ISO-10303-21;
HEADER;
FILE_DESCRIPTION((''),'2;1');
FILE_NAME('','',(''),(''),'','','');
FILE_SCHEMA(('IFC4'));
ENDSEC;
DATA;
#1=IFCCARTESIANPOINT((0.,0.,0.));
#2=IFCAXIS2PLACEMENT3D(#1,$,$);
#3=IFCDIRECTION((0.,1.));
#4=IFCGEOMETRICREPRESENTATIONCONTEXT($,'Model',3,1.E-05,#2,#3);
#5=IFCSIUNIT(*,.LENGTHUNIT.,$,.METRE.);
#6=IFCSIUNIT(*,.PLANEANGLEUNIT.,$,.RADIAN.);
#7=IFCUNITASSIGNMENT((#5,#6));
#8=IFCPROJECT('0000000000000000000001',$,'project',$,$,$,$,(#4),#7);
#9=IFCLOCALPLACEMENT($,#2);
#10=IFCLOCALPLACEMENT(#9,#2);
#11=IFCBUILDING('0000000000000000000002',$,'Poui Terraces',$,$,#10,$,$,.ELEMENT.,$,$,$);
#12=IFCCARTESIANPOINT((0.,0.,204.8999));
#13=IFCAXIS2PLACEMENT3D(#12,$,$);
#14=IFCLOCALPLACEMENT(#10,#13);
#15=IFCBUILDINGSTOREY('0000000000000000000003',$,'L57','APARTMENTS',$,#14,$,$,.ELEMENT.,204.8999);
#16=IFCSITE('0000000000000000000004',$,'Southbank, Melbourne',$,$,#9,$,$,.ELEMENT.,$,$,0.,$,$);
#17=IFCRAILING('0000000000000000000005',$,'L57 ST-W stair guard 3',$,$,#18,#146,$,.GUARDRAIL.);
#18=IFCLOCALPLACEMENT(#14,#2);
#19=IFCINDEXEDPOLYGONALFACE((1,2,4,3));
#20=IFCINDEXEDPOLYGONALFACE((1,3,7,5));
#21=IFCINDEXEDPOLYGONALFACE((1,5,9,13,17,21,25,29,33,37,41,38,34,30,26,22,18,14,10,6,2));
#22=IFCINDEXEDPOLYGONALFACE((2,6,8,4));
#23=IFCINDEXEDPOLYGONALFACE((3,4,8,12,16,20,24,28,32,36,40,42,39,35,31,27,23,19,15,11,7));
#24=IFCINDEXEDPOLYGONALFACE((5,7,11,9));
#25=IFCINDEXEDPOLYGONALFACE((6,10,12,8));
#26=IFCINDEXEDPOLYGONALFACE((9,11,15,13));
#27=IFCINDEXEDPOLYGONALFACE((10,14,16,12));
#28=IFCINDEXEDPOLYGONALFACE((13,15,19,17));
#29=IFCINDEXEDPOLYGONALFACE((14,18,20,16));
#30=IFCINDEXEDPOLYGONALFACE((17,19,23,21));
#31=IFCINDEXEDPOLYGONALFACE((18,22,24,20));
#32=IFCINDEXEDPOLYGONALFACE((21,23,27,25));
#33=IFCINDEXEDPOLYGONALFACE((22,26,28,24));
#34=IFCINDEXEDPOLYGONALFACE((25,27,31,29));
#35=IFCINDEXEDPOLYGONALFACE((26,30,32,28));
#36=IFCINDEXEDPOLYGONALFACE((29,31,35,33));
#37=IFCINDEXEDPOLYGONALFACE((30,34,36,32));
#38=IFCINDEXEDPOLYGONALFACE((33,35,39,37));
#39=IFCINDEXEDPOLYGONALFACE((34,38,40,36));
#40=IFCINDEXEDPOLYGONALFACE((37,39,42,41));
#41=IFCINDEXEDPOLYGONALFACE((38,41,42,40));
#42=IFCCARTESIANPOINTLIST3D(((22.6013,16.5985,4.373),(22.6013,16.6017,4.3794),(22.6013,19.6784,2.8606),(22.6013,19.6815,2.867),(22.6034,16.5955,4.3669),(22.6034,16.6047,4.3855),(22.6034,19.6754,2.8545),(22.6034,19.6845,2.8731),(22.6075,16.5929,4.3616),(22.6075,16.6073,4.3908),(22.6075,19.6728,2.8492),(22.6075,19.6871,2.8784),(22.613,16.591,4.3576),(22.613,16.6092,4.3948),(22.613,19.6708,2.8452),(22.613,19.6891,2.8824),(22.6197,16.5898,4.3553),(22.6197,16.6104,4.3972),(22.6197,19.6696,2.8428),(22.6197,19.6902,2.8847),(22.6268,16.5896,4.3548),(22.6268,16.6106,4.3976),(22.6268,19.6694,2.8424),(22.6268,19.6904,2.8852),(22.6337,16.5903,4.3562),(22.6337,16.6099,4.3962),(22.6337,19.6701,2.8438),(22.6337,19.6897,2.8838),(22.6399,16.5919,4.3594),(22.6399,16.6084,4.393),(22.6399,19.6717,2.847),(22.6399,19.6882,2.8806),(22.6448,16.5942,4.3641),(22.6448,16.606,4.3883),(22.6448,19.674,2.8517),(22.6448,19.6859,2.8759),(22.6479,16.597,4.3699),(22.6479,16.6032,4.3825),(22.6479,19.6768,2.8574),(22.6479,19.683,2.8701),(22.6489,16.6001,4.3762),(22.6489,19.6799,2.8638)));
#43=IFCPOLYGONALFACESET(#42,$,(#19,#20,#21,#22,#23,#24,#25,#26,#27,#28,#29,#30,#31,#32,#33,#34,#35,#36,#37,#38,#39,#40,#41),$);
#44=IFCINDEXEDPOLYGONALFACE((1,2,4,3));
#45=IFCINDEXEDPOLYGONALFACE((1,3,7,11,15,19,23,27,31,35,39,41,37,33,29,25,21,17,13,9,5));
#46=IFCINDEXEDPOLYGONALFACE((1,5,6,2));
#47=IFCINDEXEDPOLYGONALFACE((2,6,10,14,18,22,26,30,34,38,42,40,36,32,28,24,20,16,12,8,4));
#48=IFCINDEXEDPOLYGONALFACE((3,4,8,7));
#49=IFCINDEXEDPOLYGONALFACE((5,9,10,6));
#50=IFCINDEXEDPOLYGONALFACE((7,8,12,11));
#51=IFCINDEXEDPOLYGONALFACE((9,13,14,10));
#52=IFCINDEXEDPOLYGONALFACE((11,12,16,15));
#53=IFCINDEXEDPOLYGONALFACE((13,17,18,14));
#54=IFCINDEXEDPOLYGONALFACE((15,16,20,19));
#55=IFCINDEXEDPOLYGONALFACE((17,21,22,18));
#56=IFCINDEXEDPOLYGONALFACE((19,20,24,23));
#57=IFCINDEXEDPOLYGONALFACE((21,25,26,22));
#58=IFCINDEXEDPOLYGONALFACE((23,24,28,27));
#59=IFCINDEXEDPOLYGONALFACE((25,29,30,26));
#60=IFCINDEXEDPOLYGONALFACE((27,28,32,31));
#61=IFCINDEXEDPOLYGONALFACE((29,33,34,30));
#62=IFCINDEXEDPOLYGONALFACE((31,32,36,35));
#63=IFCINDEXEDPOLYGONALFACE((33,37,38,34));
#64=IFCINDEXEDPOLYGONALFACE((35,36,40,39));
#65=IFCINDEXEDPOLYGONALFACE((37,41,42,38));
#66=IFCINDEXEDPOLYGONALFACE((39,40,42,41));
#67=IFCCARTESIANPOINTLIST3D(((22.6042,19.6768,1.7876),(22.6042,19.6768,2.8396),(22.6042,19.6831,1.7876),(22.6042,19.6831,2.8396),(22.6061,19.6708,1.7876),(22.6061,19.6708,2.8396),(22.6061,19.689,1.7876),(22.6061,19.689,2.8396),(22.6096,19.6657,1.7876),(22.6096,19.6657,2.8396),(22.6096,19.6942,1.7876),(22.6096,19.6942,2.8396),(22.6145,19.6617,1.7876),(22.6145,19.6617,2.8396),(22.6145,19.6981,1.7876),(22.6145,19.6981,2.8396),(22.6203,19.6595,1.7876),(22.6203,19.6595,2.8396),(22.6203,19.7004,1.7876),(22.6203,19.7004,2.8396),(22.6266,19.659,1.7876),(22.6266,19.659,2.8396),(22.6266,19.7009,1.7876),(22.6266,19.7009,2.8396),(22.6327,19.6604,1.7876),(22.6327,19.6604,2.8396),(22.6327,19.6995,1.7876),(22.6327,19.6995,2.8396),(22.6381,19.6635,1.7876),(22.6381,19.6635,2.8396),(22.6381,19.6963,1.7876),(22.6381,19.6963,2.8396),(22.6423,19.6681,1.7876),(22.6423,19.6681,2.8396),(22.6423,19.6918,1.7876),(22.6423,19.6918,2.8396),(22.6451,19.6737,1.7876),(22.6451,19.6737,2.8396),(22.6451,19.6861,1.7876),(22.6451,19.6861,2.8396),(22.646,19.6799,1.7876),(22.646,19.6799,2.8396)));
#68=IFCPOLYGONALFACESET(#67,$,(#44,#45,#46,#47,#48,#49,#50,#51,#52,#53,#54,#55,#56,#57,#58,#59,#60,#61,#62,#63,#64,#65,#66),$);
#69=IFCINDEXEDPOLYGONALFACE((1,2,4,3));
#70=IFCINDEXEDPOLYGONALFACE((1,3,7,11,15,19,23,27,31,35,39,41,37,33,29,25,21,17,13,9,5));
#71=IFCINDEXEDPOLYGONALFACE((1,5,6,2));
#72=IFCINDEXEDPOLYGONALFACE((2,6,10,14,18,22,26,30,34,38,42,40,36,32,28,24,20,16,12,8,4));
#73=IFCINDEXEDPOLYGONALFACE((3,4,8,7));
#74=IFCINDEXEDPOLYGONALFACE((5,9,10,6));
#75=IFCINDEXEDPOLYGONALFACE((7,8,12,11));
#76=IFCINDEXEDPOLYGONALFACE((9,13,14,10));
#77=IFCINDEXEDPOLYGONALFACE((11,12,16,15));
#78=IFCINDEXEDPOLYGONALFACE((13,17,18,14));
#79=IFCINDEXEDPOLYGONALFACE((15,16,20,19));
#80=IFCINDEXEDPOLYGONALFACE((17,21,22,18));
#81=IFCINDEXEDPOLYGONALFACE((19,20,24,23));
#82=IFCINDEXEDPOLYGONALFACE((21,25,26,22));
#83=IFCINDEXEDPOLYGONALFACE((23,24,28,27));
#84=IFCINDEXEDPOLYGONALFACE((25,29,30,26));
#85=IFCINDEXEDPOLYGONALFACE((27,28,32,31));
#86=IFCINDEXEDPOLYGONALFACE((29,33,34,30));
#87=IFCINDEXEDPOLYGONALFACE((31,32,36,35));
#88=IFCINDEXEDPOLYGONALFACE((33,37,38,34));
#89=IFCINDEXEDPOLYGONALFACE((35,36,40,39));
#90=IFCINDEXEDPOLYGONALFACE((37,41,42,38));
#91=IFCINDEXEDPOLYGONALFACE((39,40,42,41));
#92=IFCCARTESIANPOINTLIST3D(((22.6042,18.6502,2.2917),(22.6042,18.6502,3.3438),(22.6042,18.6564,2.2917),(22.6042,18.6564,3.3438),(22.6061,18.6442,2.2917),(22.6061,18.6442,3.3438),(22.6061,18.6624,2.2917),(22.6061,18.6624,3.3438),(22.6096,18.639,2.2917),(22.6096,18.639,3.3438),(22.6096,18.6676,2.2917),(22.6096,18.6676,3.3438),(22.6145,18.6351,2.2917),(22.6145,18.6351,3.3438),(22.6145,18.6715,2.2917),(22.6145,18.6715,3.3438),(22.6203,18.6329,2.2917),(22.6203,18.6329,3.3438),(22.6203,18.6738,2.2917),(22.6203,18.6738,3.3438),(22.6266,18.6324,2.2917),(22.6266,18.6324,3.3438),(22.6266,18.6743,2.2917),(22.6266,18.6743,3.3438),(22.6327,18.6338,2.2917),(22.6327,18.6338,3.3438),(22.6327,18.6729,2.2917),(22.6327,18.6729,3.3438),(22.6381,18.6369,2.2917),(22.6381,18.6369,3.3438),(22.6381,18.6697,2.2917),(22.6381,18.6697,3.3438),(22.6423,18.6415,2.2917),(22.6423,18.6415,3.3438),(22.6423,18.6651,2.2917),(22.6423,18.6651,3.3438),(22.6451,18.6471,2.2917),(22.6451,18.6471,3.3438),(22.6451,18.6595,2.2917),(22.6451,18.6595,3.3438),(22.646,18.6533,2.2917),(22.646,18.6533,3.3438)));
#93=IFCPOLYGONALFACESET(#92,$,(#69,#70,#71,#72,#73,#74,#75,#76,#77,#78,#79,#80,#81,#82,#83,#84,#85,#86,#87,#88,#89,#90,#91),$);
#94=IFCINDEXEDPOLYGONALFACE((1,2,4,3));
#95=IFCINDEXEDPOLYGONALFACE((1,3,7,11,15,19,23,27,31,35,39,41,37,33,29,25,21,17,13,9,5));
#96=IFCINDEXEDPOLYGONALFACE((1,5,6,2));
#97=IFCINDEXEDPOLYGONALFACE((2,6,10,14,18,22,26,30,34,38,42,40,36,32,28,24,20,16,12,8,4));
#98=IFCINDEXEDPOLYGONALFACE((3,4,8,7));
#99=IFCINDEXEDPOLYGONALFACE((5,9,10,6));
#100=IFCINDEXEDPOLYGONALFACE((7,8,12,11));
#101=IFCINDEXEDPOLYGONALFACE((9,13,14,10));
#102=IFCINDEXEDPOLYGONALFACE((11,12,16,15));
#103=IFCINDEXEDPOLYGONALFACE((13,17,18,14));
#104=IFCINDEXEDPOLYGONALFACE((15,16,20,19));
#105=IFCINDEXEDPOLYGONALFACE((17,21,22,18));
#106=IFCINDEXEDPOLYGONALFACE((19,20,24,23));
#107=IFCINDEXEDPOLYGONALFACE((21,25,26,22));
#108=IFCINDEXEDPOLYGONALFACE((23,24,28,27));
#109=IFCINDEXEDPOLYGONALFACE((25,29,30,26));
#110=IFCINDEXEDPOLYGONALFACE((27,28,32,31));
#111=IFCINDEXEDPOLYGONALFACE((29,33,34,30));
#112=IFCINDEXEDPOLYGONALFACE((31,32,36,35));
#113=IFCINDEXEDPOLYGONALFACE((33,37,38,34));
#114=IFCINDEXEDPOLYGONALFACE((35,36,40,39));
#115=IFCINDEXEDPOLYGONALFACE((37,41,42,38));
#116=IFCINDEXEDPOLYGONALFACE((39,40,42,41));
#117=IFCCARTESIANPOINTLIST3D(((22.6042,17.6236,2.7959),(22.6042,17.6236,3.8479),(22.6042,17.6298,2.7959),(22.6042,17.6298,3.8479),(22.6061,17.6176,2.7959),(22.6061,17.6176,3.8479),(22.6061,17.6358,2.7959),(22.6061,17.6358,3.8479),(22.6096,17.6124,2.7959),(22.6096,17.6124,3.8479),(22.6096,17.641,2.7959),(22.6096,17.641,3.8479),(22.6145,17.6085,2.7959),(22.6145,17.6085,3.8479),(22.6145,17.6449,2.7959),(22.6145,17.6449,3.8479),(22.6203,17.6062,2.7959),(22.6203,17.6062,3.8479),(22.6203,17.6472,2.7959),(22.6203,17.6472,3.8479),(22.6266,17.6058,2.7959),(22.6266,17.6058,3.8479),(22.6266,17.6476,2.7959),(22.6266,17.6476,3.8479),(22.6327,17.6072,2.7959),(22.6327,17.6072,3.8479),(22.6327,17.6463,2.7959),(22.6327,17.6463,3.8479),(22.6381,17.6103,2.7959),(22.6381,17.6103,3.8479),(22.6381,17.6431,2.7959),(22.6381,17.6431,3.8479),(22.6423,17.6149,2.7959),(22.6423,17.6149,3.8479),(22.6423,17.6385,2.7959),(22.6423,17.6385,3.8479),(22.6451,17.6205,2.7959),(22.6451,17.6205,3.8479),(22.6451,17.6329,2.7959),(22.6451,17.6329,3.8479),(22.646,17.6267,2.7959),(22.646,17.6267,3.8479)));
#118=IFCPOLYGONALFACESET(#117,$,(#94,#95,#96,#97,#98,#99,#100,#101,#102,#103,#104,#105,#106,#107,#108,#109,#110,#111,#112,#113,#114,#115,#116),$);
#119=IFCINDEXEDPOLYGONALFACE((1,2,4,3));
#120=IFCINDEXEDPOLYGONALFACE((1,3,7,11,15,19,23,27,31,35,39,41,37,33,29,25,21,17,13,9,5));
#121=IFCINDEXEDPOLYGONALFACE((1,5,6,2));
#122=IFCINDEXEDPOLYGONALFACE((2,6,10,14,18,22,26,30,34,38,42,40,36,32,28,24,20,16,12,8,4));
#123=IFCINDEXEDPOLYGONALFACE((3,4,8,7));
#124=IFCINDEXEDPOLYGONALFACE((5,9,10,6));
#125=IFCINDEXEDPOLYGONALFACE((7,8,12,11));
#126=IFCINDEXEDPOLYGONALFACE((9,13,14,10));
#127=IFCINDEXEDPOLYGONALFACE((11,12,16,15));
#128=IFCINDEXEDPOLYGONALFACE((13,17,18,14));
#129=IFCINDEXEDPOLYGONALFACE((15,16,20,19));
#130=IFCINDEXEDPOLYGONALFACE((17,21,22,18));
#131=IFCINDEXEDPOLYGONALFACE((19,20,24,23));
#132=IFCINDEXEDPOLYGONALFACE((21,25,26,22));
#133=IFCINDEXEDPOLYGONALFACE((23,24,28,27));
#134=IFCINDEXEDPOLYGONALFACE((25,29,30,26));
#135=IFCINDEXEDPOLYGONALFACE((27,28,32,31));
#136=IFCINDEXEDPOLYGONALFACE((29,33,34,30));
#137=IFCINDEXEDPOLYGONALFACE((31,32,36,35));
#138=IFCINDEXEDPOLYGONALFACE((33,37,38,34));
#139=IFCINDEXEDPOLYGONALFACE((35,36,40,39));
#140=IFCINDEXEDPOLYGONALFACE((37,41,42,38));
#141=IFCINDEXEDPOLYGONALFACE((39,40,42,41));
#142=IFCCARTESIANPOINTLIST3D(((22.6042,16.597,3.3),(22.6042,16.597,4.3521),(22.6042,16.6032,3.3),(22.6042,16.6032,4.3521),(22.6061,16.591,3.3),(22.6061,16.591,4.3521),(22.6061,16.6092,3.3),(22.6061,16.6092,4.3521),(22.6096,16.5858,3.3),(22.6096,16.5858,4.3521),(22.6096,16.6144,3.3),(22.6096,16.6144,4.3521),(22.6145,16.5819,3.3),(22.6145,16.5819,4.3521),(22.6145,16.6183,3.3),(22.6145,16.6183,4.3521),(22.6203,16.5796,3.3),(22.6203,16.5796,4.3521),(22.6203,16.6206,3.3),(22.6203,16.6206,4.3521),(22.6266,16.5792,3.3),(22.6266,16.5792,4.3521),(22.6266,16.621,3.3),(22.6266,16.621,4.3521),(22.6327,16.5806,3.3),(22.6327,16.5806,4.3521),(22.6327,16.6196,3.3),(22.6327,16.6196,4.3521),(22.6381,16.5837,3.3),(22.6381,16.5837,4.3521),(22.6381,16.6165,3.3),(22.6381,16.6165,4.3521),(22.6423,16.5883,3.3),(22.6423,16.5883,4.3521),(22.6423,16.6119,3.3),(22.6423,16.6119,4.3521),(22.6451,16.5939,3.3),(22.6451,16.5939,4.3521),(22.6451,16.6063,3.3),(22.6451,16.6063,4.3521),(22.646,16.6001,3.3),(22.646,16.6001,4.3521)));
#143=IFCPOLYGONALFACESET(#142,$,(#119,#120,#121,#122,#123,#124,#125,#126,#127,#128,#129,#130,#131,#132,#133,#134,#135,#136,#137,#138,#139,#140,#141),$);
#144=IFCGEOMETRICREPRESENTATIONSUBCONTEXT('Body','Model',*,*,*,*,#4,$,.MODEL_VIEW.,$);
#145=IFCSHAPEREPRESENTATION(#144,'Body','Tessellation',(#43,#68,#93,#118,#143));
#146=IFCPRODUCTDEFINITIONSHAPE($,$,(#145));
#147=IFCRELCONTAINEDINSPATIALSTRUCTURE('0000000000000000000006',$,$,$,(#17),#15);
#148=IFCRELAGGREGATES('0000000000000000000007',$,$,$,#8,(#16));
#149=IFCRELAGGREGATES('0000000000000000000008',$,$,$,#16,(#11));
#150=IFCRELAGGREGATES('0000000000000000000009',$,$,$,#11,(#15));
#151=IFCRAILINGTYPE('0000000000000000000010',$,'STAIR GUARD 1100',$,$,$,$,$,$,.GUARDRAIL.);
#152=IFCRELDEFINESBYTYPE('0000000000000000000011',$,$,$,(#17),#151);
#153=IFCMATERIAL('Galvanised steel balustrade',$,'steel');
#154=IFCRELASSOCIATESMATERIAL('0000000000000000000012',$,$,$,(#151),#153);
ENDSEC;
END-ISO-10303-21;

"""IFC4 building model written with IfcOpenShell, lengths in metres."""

from ifc_helpers import new_model, si_unit, direction, frame, origin, origin_2d, place, context, subcontext, project, spatial, circle, extrude, material, type_object, element, save


model = new_model("IFC4")

# Units and contexts
model_context = context("Model", 3, precision=1e-05, world=origin(), true_north=direction((0.0, 1.0)))
body_context = subcontext(model_context, "Body", "Model", "MODEL_VIEW")
ifc_project = project(units=[si_unit("LENGTHUNIT", "METRE"), si_unit("PLANEANGLEUNIT", "RADIAN")], contexts=[model_context])

# Site, building, storey
site_placement = place(None, origin())
site = spatial("IfcSite", under=ifc_project, at=site_placement, Name="Southbank, Melbourne", CompositionType="ELEMENT", RefElevation=0.0)
building_placement = place(site_placement, origin())
building = spatial("IfcBuilding", under=site, at=building_placement, Name="Poui Terraces", CompositionType="ELEMENT")
storey_placement = place(building_placement, frame((0.0, 0.0, 204.8999)))
storey = spatial("IfcBuildingStorey", under=building, at=storey_placement, Name="L57", Description="APARTMENTS", CompositionType="ELEMENT", Elevation=204.8999)

# Railing
ifc_material_1 = material(Name="Galvanised steel balustrade", Category="steel")
railing_type_1 = type_object("IfcRailingType", Name="STAIR GUARD 1100", PredefinedType="GUARDRAIL", material=ifc_material_1)
railing_1_placement = place(storey_placement, frame((22.625, 19.6799, 1.7876)))
element("IfcRailing", 1, at=railing_1_placement, inside=storey, type_object=railing_type_1, Name="L57 ST-W stair guard 3", PredefinedType="GUARDRAIL", context=body_context, shape_type="SweptSolid", body=[
    extrude(circle(Radius=0.0239, at=origin_2d()), frame((0.0, 0.0, 1.0762), z_axis=(0.0, -0.897606, 0.440798), x_axis=(1.0, 0.0, 0.0)), (0.0, 0.0, 1.0), 3.4312),
    extrude(circle(Radius=0.021, at=origin_2d()), origin(), (0.0, 0.0, 1.0), 1.052),
    extrude(circle(Radius=0.021, at=origin_2d()), frame((0.0, -1.0266, 0.5042)), (0.0, 0.0, 1.0), 1.052),
    extrude(circle(Radius=0.021, at=origin_2d()), frame((0.0, -2.0532, 1.0083)), (0.0, 0.0, 1.0), 1.052),
    extrude(circle(Radius=0.021, at=origin_2d()), frame((0.0, -3.0798, 1.5125)), (0.0, 0.0, 1.0), 1.052),
])

save(model, "model.ifc")
